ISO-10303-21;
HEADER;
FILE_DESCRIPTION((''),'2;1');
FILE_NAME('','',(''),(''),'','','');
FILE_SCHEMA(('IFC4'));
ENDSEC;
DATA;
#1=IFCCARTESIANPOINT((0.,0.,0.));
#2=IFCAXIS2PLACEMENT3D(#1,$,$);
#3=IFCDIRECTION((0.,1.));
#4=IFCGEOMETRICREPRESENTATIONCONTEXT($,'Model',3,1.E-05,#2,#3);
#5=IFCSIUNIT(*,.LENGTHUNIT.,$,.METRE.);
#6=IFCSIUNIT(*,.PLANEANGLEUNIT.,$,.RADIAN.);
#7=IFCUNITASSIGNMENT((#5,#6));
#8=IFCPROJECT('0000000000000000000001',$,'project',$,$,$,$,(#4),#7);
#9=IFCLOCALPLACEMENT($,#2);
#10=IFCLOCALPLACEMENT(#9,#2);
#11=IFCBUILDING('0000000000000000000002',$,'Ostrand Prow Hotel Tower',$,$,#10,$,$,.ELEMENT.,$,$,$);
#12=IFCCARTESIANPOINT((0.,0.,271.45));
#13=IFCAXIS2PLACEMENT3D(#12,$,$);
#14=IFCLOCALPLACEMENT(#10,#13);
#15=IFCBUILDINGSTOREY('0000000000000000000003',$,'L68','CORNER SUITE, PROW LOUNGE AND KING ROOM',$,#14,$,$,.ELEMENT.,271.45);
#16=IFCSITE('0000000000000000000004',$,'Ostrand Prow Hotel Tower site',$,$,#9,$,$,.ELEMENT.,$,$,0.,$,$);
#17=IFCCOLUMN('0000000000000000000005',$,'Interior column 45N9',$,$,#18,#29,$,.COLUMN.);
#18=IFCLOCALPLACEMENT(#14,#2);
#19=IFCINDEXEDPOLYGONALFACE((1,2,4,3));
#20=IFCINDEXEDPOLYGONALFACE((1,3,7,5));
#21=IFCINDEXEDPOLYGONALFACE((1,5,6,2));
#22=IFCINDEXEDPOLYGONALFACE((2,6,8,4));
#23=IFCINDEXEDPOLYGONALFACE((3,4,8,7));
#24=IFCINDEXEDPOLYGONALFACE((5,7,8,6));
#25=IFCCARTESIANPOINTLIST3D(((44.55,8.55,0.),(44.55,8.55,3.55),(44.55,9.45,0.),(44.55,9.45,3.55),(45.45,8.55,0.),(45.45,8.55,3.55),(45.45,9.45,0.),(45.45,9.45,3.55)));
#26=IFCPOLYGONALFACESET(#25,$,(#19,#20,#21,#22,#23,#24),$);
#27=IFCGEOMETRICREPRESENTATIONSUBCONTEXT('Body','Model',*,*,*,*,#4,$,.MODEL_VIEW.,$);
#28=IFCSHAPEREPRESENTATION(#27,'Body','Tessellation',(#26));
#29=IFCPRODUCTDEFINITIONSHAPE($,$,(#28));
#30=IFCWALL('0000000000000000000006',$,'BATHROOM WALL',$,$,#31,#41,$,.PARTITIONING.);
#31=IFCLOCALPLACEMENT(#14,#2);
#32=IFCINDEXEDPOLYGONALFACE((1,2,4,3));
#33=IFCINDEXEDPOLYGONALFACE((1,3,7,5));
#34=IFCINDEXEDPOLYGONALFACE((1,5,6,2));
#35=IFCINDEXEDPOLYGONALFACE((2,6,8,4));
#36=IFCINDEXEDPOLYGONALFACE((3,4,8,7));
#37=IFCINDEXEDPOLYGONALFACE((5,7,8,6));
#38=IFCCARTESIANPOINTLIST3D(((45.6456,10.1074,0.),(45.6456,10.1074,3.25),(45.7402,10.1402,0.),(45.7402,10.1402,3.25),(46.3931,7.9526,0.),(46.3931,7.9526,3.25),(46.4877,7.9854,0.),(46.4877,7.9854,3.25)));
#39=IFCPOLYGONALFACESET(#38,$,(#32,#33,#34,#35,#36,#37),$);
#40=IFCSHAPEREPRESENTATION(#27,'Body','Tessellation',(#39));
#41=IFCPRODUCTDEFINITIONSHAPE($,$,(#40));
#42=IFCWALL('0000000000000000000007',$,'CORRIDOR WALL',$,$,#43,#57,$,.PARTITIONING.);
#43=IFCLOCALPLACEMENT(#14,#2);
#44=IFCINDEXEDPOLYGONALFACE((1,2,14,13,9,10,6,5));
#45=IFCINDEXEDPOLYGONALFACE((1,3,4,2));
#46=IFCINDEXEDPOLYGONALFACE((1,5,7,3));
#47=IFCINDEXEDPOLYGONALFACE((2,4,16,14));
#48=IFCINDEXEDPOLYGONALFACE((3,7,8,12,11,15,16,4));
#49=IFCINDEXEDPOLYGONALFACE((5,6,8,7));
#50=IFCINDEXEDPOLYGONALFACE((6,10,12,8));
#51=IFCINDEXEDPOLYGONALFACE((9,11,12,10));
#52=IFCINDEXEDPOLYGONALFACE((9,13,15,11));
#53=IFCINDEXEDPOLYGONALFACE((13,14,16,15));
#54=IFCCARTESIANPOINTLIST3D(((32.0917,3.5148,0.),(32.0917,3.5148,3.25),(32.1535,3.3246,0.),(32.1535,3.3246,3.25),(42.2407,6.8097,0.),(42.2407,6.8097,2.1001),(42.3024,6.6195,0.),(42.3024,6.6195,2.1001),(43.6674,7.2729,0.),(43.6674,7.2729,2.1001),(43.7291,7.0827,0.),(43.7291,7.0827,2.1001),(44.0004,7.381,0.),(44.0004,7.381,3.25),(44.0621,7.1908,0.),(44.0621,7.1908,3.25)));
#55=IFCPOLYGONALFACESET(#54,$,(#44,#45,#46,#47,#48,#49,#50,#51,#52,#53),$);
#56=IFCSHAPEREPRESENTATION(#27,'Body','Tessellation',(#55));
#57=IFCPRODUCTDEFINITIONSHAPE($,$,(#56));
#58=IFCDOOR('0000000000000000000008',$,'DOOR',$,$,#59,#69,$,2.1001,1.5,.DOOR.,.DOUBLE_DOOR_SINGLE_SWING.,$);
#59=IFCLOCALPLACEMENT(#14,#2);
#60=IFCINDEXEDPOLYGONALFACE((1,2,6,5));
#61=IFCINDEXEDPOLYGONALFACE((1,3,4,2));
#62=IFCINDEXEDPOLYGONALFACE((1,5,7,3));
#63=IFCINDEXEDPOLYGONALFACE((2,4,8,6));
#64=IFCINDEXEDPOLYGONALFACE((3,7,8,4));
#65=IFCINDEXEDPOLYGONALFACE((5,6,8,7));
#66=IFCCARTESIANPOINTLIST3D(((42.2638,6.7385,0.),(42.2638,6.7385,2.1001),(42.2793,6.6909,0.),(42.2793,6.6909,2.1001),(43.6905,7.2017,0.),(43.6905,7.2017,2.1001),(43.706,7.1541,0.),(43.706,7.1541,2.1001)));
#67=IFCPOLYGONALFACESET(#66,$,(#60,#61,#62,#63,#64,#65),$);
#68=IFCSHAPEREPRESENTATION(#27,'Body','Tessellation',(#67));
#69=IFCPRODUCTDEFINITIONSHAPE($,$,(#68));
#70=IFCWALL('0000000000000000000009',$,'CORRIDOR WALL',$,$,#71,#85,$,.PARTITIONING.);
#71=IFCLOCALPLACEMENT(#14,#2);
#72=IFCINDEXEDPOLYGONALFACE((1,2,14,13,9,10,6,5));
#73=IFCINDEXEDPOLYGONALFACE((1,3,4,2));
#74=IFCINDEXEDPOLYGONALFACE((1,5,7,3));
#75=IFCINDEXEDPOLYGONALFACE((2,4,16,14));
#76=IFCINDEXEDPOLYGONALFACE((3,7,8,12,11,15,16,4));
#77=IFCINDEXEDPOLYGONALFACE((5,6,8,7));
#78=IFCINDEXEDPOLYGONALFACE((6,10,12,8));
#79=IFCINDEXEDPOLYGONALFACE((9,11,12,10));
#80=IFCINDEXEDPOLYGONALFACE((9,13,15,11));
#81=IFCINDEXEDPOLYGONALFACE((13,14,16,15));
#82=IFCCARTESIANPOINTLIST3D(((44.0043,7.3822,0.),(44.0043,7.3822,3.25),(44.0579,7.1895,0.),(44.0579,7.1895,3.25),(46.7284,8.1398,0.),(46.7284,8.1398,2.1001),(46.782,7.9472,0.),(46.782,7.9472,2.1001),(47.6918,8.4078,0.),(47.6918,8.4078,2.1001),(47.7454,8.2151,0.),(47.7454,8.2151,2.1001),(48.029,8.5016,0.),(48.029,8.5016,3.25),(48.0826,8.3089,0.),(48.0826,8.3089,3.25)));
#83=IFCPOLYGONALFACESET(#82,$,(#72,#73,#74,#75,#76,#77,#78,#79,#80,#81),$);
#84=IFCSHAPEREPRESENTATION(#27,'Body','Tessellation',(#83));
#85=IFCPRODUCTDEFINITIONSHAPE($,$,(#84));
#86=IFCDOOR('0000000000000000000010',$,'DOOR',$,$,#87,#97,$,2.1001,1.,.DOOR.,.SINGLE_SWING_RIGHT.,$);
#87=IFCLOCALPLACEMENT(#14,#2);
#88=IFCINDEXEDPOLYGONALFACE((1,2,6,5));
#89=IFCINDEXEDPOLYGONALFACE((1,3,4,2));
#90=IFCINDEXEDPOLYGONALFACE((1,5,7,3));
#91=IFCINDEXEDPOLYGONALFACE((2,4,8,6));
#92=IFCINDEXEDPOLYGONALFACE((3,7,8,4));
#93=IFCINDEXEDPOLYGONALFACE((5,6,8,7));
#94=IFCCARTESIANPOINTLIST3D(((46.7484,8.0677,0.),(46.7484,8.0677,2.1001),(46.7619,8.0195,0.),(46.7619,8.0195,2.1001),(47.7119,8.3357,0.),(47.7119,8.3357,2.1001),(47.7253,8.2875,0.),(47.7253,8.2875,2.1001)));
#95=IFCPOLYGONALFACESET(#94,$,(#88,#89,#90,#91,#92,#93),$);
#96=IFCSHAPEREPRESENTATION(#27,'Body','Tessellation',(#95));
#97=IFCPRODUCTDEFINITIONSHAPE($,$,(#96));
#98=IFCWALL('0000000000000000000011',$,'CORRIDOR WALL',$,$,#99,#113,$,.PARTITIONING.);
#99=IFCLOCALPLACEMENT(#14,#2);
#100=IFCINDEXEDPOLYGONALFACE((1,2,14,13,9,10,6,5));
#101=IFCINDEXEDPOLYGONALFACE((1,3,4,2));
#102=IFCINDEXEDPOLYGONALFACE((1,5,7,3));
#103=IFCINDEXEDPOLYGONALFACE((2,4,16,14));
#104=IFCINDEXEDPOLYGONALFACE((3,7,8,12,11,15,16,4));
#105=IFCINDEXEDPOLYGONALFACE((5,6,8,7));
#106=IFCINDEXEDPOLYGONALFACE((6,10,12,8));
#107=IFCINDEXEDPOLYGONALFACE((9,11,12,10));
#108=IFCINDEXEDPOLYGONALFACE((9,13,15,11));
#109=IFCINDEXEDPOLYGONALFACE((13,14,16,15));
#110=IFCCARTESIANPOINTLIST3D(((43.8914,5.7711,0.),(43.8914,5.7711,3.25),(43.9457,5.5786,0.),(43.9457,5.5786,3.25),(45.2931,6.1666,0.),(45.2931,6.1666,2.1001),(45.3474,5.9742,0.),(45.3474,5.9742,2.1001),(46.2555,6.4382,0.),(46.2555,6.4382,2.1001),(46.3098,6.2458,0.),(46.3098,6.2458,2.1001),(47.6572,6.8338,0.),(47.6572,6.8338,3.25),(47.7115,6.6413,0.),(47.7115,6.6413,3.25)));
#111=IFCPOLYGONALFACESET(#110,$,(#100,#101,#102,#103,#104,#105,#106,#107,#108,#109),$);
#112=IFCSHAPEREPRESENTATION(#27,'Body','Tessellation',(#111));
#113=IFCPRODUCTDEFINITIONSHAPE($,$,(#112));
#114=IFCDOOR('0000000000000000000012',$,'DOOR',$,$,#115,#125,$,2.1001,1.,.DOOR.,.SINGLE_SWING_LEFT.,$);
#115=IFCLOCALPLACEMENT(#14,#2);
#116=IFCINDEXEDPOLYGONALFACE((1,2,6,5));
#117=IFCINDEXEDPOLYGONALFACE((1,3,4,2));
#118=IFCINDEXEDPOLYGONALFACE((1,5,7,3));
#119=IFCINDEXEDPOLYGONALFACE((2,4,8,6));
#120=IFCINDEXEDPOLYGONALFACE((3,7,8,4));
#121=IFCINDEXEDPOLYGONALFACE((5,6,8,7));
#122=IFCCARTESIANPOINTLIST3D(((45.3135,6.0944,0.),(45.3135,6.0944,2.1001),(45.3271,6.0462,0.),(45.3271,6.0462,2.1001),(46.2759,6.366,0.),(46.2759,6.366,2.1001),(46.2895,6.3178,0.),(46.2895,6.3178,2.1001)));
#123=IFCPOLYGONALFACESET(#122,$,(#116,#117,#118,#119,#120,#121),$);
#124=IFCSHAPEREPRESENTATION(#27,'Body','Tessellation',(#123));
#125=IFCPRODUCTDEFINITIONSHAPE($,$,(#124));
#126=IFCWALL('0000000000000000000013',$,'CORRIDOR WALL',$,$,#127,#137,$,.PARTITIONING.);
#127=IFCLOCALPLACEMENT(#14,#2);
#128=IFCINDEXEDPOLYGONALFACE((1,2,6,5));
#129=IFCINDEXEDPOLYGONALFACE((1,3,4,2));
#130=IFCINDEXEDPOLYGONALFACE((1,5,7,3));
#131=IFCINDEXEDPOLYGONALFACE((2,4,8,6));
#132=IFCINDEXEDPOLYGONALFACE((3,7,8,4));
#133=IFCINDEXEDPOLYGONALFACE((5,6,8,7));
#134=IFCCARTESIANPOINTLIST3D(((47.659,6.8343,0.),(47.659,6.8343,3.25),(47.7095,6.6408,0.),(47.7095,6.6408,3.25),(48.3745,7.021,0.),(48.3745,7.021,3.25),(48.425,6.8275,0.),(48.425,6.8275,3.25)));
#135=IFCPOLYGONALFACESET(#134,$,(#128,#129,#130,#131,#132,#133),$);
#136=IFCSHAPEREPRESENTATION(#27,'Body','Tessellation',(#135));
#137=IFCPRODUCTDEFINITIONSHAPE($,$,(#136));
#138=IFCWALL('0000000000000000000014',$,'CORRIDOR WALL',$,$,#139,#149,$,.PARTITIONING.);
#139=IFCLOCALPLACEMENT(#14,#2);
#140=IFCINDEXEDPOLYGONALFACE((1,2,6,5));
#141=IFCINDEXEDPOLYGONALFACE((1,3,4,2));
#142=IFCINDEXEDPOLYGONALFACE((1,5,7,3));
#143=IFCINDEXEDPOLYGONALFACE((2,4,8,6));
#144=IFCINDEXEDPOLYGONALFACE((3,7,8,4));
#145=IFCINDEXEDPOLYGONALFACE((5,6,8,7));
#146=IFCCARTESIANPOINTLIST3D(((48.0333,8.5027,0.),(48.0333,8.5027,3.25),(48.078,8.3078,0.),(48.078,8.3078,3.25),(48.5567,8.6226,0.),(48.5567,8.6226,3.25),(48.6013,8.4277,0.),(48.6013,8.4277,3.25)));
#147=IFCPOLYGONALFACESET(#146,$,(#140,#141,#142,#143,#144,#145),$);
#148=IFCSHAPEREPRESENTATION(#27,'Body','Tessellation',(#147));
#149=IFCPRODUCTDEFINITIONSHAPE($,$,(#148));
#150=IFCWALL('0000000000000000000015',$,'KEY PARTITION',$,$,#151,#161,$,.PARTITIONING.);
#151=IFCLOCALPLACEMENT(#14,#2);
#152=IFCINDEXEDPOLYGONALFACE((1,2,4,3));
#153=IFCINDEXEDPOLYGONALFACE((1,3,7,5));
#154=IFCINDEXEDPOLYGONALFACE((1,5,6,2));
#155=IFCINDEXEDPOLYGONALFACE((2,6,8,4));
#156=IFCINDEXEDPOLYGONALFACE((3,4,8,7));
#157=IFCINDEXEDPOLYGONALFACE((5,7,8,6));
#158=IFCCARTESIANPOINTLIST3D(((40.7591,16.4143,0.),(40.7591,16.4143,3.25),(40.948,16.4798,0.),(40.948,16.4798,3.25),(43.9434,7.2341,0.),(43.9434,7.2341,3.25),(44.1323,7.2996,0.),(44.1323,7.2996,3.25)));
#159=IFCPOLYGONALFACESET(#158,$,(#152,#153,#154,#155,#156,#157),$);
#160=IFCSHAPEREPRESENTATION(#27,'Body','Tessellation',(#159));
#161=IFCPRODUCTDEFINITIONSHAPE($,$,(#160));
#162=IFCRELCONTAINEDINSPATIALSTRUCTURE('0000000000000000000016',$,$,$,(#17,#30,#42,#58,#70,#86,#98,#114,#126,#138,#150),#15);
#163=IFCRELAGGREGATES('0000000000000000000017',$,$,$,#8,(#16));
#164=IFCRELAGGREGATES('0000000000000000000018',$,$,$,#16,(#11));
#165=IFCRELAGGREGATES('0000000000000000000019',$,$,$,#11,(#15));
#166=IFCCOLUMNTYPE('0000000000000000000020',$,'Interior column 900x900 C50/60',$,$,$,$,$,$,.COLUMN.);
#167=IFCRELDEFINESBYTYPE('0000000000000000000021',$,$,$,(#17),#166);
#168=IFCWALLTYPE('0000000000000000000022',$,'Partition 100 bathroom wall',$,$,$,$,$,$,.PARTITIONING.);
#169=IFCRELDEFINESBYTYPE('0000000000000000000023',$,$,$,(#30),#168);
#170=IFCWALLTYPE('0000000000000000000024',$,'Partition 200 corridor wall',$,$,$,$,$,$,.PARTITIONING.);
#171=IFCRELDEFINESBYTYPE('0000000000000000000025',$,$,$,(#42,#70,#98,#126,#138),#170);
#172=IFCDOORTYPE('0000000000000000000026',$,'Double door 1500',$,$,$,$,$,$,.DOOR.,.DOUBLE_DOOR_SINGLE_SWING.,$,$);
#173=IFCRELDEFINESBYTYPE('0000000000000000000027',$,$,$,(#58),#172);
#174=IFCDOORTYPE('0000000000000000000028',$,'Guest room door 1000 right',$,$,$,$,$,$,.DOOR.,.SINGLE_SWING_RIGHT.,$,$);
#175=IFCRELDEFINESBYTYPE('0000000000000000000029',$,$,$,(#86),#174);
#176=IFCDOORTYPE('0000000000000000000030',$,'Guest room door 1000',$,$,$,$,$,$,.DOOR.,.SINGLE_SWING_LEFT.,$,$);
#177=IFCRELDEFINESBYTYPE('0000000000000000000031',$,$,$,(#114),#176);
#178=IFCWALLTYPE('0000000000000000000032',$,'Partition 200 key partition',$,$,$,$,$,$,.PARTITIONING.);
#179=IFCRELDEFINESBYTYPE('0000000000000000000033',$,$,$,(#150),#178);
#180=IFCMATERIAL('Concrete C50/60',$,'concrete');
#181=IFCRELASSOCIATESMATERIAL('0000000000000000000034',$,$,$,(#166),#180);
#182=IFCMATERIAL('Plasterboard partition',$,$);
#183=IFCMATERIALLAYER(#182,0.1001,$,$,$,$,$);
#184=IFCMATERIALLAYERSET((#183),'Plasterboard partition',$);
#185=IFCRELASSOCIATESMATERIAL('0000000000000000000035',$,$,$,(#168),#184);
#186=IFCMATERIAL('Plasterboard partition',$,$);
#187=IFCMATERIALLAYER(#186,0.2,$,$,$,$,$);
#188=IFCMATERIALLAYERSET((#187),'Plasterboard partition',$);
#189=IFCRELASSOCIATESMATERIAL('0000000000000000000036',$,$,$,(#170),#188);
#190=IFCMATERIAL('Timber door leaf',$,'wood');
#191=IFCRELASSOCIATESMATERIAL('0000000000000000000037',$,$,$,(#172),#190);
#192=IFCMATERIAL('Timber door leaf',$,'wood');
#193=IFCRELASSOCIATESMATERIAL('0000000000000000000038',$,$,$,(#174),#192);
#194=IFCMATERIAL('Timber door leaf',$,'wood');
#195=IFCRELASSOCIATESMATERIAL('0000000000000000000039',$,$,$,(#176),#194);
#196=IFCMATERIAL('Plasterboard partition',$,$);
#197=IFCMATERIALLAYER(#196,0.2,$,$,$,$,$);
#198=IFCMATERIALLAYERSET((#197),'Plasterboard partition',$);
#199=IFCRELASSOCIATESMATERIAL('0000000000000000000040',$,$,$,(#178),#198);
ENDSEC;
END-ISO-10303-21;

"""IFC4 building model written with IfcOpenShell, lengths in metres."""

from ifc_helpers import new_model, si_unit, direction, frame, frame_2d, origin, origin_2d, place, context, subcontext, project, spatial, rectangle, extrude, material, layer, layer_set, material_profile, profile_set, type_object, element, fill, save


model = new_model("IFC4")

# Units and contexts
model_context = context("Model", 3, precision=1e-05, world=origin(), true_north=direction((0.0, 1.0)))
body_context = subcontext(model_context, "Body", "Model", "MODEL_VIEW")
ifc_project = project(units=[si_unit("LENGTHUNIT", "METRE"), si_unit("PLANEANGLEUNIT", "RADIAN")], contexts=[model_context])

# Site, building, storey
site_placement = place(None, origin())
site = spatial("IfcSite", under=ifc_project, at=site_placement, Name="Ostrand Prow Hotel Tower site", CompositionType="ELEMENT", RefElevation=0.0)
building_placement = place(site_placement, origin())
building = spatial("IfcBuilding", under=site, at=building_placement, Name="Ostrand Prow Hotel Tower", CompositionType="ELEMENT")
storey_placement = place(building_placement, frame((0.0, 0.0, 271.45)))
storey = spatial("IfcBuildingStorey", under=building, at=storey_placement, Name="L68", Description="CORNER SUITE, PROW LOUNGE AND KING ROOM", CompositionType="ELEMENT", Elevation=271.45)

# Column
ifc_material_1 = material(Name="Concrete C50/60", Category="concrete")
ifc_material_profile = material_profile(ifc_material_1, rectangle(XDim=0.8999, YDim=0.8999, at=origin_2d()), Name="RC 900x900")
ifc_profile_set = profile_set([ifc_material_profile], Name="Concrete C50/60")
column_type = type_object("IfcColumnType", Name="Interior column 900x900 C50/60", PredefinedType="COLUMN", material=ifc_profile_set)
column_placement = place(storey_placement, frame((45.0, 9.0, 0.0), z_axis=(0.0, 0.0, 1.0), x_axis=(1.0, 0.0, 0.0)))
element("IfcColumn", 1, at=column_placement, inside=storey, type_object=column_type, Name="Interior column 45N9", PredefinedType="COLUMN", context=body_context, shape_type="SweptSolid", body=[
    extrude(rectangle(XDim=0.8999, YDim=0.8999, at=origin_2d()), origin(), (0.0, 0.0, 1.0), 3.55),
])

# Wall
ifc_material_2 = material(Name="Plasterboard partition")
ifc_layer_1 = layer(ifc_material_2, 0.1001)
ifc_layer_set_1 = layer_set([ifc_layer_1], Name="Plasterboard partition")
wall_type_1 = type_object("IfcWallType", Name="Partition 100 bathroom wall", PredefinedType="PARTITIONING", material=ifc_layer_set_1)
wall_1_placement = place(storey_placement, frame((45.6929, 10.1238, 0.0), z_axis=(0.0, 0.0, 1.0), x_axis=(0.327765, -0.944759, 0.0)))
element("IfcWall", 2, at=wall_1_placement, inside=storey, type_object=wall_type_1, Name="BATHROOM WALL", PredefinedType="PARTITIONING", context=body_context, shape_type="SweptSolid", body=[
    extrude(rectangle(XDim=2.2808, YDim=0.1001, at=frame_2d((1.1404, 0.0))), origin(), (0.0, 0.0, 1.0), 3.25),
])

# Walls, openings, doors
ifc_material_3 = material(Name="Plasterboard partition")
ifc_layer_2 = layer(ifc_material_3, 0.2)
ifc_layer_set_2 = layer_set([ifc_layer_2], Name="Plasterboard partition")
wall_type_2 = type_object("IfcWallType", Name="Partition 200 corridor wall", PredefinedType="PARTITIONING", material=ifc_layer_set_2)
wall_2_placement = place(storey_placement, frame((44.0312, 7.2859, 0.0), z_axis=(0.0, 0.0, 1.0), x_axis=(-0.951131, -0.308789, 0.0)))
wall_2 = element("IfcWall", 3, at=wall_2_placement, inside=storey, type_object=wall_type_2, Name="CORRIDOR WALL", PredefinedType="PARTITIONING", context=body_context, shape_type="SweptSolid", body=[
    extrude(rectangle(XDim=12.5205, YDim=0.2, at=frame_2d((6.2603, 0.0))), origin(), (0.0, 0.0, 1.0), 3.25),
])
opening_1_placement = place(wall_2_placement, frame((0.3501, 0.0, 0.0)))
opening_1 = element("IfcOpeningElement", 4, at=opening_1_placement, cuts=wall_2, PredefinedType="OPENING", context=body_context, shape_type="SweptSolid", body=[
    extrude(rectangle(XDim=1.5, YDim=2.1001, at=frame_2d((0.75, 1.05))), frame((0.0, 0.1099, 0.0), z_axis=(0.0, -1.0, 0.0), x_axis=(1.0, 0.0, 0.0)), (0.0, 0.0, 1.0), 0.22),
])
ifc_material_4 = material(Name="Timber door leaf", Category="wood")
door_type_1 = type_object("IfcDoorType", Name="Double door 1500", OperationType="DOUBLE_DOOR_SINGLE_SWING", PredefinedType="DOOR", material=ifc_material_4)
door_1_placement = place(opening_1_placement, origin())
door_1 = element("IfcDoor", 5, at=door_1_placement, inside=storey, type_object=door_type_1, Name="DOOR", OperationType="DOUBLE_DOOR_SINGLE_SWING", OverallHeight=2.1001, OverallWidth=1.5, PredefinedType="DOOR", context=body_context, shape_type="SweptSolid", body=[
    extrude(rectangle(XDim=1.5, YDim=2.1001, at=frame_2d((0.75, 1.05))), frame((0.0, 0.0249, 0.0), z_axis=(0.0, -1.0, 0.0), x_axis=(1.0, 0.0, 0.0)), (0.0, 0.0, 1.0), 0.05),
])
fill(opening_1, door_1)
wall_3_placement = place(storey_placement, frame((48.0559, 8.4053, 0.0), z_axis=(0.0, 0.0, 1.0), x_axis=(-0.96343, -0.26796, 0.0)))
wall_3 = element("IfcWall", 6, at=wall_3_placement, inside=storey, type_object=wall_type_2, Name="CORRIDOR WALL", PredefinedType="PARTITIONING", context=body_context, shape_type="SweptSolid", body=[
    extrude(rectangle(XDim=4.1775, YDim=0.2, at=frame_2d((2.0889, 0.0))), origin(), (0.0, 0.0, 1.0), 3.25),
])
opening_2_placement = place(wall_3_placement, frame((0.3501, 0.0, 0.0)))
opening_2 = element("IfcOpeningElement", 7, at=opening_2_placement, cuts=wall_3, PredefinedType="OPENING", context=body_context, shape_type="SweptSolid", body=[
    extrude(rectangle(XDim=1.0, YDim=2.1001, at=frame_2d((0.5, 1.05))), frame((0.0, 0.1099, 0.0), z_axis=(0.0, -1.0, 0.0), x_axis=(1.0, 0.0, 0.0)), (0.0, 0.0, 1.0), 0.22),
])
ifc_material_5 = material(Name="Timber door leaf", Category="wood")
door_type_2 = type_object("IfcDoorType", Name="Guest room door 1000 right", OperationType="SINGLE_SWING_RIGHT", PredefinedType="DOOR", material=ifc_material_5)
door_2_placement = place(opening_2_placement, origin())
door_2 = element("IfcDoor", 8, at=door_2_placement, inside=storey, type_object=door_type_2, Name="DOOR", OperationType="SINGLE_SWING_RIGHT", OverallHeight=2.1001, OverallWidth=1.0, PredefinedType="DOOR", context=body_context, shape_type="SweptSolid", body=[
    extrude(rectangle(XDim=1.0, YDim=2.1001, at=frame_2d((0.5, 1.05))), frame((0.0, 0.0249, 0.0), z_axis=(0.0, -1.0, 0.0), x_axis=(1.0, 0.0, 0.0)), (0.0, 0.0, 1.0), 0.05),
])
fill(opening_2, door_2)
wall_4_placement = place(storey_placement, frame((43.9185, 5.6748, 0.0), z_axis=(0.0, 0.0, 1.0), x_axis=(0.962411, 0.271596, 0.0)))
wall_4 = element("IfcWall", 9, at=wall_4_placement, inside=storey, type_object=wall_type_2, Name="CORRIDOR WALL", PredefinedType="PARTITIONING", context=body_context, shape_type="SweptSolid", body=[
    extrude(rectangle(XDim=3.9128, YDim=0.2, at=frame_2d((1.9565, 0.0))), origin(), (0.0, 0.0, 1.0), 3.25),
])
opening_3_placement = place(wall_4_placement, frame((1.4565, 0.0, 0.0)))
opening_3 = element("IfcOpeningElement", 10, at=opening_3_placement, cuts=wall_4, PredefinedType="OPENING", context=body_context, shape_type="SweptSolid", body=[
    extrude(rectangle(XDim=1.0, YDim=2.1001, at=frame_2d((0.5, 1.05))), frame((0.0, 0.1099, 0.0), z_axis=(0.0, -1.0, 0.0), x_axis=(1.0, 0.0, 0.0)), (0.0, 0.0, 1.0), 0.22),
])
ifc_material_6 = material(Name="Timber door leaf", Category="wood")
door_type_3 = type_object("IfcDoorType", Name="Guest room door 1000", OperationType="SINGLE_SWING_LEFT", PredefinedType="DOOR", material=ifc_material_6)
door_3_placement = place(opening_3_placement, origin())
door_3 = element("IfcDoor", 11, at=door_3_placement, inside=storey, type_object=door_type_3, Name="DOOR", OperationType="SINGLE_SWING_LEFT", OverallHeight=2.1001, OverallWidth=1.0, PredefinedType="DOOR", context=body_context, shape_type="SweptSolid", body=[
    extrude(rectangle(XDim=1.0, YDim=2.1001, at=frame_2d((0.5, 1.05))), frame((0.0, 0.0249, 0.0), z_axis=(0.0, -1.0, 0.0), x_axis=(1.0, 0.0, 0.0)), (0.0, 0.0, 1.0), 0.05),
])
fill(opening_3, door_3)

# Walls
wall_5_placement = place(storey_placement, frame((47.6843, 6.7375, 0.0), z_axis=(0.0, 0.0, 1.0), x_axis=(0.967586, 0.252543, 0.0)))
element("IfcWall", 12, at=wall_5_placement, inside=storey, type_object=wall_type_2, Name="CORRIDOR WALL", PredefinedType="PARTITIONING", context=body_context, shape_type="SweptSolid", body=[
    extrude(rectangle(XDim=0.7395, YDim=0.2, at=frame_2d((0.3696, 0.0))), origin(), (0.0, 0.0, 1.0), 3.25),
])
wall_6_placement = place(storey_placement, frame((48.5791, 8.5251, 0.0), z_axis=(0.0, 0.0, 1.0), x_axis=(-0.974743, -0.223331, 0.0)))
element("IfcWall", 13, at=wall_6_placement, inside=storey, type_object=wall_type_2, Name="CORRIDOR WALL", PredefinedType="PARTITIONING", context=body_context, shape_type="SweptSolid", body=[
    extrude(rectangle(XDim=0.5369, YDim=0.2, at=frame_2d((0.2686, 0.0))), origin(), (0.0, 0.0, 1.0), 3.25),
])
ifc_material_7 = material(Name="Plasterboard partition")
ifc_layer_3 = layer(ifc_material_7, 0.2)
ifc_layer_set_3 = layer_set([ifc_layer_3], Name="Plasterboard partition")
wall_type_3 = type_object("IfcWallType", Name="Partition 200 key partition", PredefinedType="PARTITIONING", material=ifc_layer_set_3)
wall_7_placement = place(storey_placement, frame((44.0378, 7.2668, 0.0), z_axis=(0.0, 0.0, 1.0), x_axis=(-0.327715, 0.944777, 0.0)))
element("IfcWall", 14, at=wall_7_placement, inside=storey, type_object=wall_type_3, Name="KEY PARTITION", PredefinedType="PARTITIONING", context=body_context, shape_type="SweptSolid", body=[
    extrude(rectangle(XDim=9.7168, YDim=0.2, at=frame_2d((4.8584, 0.0))), origin(), (0.0, 0.0, 1.0), 3.25),
])

save(model, "model.ifc")
